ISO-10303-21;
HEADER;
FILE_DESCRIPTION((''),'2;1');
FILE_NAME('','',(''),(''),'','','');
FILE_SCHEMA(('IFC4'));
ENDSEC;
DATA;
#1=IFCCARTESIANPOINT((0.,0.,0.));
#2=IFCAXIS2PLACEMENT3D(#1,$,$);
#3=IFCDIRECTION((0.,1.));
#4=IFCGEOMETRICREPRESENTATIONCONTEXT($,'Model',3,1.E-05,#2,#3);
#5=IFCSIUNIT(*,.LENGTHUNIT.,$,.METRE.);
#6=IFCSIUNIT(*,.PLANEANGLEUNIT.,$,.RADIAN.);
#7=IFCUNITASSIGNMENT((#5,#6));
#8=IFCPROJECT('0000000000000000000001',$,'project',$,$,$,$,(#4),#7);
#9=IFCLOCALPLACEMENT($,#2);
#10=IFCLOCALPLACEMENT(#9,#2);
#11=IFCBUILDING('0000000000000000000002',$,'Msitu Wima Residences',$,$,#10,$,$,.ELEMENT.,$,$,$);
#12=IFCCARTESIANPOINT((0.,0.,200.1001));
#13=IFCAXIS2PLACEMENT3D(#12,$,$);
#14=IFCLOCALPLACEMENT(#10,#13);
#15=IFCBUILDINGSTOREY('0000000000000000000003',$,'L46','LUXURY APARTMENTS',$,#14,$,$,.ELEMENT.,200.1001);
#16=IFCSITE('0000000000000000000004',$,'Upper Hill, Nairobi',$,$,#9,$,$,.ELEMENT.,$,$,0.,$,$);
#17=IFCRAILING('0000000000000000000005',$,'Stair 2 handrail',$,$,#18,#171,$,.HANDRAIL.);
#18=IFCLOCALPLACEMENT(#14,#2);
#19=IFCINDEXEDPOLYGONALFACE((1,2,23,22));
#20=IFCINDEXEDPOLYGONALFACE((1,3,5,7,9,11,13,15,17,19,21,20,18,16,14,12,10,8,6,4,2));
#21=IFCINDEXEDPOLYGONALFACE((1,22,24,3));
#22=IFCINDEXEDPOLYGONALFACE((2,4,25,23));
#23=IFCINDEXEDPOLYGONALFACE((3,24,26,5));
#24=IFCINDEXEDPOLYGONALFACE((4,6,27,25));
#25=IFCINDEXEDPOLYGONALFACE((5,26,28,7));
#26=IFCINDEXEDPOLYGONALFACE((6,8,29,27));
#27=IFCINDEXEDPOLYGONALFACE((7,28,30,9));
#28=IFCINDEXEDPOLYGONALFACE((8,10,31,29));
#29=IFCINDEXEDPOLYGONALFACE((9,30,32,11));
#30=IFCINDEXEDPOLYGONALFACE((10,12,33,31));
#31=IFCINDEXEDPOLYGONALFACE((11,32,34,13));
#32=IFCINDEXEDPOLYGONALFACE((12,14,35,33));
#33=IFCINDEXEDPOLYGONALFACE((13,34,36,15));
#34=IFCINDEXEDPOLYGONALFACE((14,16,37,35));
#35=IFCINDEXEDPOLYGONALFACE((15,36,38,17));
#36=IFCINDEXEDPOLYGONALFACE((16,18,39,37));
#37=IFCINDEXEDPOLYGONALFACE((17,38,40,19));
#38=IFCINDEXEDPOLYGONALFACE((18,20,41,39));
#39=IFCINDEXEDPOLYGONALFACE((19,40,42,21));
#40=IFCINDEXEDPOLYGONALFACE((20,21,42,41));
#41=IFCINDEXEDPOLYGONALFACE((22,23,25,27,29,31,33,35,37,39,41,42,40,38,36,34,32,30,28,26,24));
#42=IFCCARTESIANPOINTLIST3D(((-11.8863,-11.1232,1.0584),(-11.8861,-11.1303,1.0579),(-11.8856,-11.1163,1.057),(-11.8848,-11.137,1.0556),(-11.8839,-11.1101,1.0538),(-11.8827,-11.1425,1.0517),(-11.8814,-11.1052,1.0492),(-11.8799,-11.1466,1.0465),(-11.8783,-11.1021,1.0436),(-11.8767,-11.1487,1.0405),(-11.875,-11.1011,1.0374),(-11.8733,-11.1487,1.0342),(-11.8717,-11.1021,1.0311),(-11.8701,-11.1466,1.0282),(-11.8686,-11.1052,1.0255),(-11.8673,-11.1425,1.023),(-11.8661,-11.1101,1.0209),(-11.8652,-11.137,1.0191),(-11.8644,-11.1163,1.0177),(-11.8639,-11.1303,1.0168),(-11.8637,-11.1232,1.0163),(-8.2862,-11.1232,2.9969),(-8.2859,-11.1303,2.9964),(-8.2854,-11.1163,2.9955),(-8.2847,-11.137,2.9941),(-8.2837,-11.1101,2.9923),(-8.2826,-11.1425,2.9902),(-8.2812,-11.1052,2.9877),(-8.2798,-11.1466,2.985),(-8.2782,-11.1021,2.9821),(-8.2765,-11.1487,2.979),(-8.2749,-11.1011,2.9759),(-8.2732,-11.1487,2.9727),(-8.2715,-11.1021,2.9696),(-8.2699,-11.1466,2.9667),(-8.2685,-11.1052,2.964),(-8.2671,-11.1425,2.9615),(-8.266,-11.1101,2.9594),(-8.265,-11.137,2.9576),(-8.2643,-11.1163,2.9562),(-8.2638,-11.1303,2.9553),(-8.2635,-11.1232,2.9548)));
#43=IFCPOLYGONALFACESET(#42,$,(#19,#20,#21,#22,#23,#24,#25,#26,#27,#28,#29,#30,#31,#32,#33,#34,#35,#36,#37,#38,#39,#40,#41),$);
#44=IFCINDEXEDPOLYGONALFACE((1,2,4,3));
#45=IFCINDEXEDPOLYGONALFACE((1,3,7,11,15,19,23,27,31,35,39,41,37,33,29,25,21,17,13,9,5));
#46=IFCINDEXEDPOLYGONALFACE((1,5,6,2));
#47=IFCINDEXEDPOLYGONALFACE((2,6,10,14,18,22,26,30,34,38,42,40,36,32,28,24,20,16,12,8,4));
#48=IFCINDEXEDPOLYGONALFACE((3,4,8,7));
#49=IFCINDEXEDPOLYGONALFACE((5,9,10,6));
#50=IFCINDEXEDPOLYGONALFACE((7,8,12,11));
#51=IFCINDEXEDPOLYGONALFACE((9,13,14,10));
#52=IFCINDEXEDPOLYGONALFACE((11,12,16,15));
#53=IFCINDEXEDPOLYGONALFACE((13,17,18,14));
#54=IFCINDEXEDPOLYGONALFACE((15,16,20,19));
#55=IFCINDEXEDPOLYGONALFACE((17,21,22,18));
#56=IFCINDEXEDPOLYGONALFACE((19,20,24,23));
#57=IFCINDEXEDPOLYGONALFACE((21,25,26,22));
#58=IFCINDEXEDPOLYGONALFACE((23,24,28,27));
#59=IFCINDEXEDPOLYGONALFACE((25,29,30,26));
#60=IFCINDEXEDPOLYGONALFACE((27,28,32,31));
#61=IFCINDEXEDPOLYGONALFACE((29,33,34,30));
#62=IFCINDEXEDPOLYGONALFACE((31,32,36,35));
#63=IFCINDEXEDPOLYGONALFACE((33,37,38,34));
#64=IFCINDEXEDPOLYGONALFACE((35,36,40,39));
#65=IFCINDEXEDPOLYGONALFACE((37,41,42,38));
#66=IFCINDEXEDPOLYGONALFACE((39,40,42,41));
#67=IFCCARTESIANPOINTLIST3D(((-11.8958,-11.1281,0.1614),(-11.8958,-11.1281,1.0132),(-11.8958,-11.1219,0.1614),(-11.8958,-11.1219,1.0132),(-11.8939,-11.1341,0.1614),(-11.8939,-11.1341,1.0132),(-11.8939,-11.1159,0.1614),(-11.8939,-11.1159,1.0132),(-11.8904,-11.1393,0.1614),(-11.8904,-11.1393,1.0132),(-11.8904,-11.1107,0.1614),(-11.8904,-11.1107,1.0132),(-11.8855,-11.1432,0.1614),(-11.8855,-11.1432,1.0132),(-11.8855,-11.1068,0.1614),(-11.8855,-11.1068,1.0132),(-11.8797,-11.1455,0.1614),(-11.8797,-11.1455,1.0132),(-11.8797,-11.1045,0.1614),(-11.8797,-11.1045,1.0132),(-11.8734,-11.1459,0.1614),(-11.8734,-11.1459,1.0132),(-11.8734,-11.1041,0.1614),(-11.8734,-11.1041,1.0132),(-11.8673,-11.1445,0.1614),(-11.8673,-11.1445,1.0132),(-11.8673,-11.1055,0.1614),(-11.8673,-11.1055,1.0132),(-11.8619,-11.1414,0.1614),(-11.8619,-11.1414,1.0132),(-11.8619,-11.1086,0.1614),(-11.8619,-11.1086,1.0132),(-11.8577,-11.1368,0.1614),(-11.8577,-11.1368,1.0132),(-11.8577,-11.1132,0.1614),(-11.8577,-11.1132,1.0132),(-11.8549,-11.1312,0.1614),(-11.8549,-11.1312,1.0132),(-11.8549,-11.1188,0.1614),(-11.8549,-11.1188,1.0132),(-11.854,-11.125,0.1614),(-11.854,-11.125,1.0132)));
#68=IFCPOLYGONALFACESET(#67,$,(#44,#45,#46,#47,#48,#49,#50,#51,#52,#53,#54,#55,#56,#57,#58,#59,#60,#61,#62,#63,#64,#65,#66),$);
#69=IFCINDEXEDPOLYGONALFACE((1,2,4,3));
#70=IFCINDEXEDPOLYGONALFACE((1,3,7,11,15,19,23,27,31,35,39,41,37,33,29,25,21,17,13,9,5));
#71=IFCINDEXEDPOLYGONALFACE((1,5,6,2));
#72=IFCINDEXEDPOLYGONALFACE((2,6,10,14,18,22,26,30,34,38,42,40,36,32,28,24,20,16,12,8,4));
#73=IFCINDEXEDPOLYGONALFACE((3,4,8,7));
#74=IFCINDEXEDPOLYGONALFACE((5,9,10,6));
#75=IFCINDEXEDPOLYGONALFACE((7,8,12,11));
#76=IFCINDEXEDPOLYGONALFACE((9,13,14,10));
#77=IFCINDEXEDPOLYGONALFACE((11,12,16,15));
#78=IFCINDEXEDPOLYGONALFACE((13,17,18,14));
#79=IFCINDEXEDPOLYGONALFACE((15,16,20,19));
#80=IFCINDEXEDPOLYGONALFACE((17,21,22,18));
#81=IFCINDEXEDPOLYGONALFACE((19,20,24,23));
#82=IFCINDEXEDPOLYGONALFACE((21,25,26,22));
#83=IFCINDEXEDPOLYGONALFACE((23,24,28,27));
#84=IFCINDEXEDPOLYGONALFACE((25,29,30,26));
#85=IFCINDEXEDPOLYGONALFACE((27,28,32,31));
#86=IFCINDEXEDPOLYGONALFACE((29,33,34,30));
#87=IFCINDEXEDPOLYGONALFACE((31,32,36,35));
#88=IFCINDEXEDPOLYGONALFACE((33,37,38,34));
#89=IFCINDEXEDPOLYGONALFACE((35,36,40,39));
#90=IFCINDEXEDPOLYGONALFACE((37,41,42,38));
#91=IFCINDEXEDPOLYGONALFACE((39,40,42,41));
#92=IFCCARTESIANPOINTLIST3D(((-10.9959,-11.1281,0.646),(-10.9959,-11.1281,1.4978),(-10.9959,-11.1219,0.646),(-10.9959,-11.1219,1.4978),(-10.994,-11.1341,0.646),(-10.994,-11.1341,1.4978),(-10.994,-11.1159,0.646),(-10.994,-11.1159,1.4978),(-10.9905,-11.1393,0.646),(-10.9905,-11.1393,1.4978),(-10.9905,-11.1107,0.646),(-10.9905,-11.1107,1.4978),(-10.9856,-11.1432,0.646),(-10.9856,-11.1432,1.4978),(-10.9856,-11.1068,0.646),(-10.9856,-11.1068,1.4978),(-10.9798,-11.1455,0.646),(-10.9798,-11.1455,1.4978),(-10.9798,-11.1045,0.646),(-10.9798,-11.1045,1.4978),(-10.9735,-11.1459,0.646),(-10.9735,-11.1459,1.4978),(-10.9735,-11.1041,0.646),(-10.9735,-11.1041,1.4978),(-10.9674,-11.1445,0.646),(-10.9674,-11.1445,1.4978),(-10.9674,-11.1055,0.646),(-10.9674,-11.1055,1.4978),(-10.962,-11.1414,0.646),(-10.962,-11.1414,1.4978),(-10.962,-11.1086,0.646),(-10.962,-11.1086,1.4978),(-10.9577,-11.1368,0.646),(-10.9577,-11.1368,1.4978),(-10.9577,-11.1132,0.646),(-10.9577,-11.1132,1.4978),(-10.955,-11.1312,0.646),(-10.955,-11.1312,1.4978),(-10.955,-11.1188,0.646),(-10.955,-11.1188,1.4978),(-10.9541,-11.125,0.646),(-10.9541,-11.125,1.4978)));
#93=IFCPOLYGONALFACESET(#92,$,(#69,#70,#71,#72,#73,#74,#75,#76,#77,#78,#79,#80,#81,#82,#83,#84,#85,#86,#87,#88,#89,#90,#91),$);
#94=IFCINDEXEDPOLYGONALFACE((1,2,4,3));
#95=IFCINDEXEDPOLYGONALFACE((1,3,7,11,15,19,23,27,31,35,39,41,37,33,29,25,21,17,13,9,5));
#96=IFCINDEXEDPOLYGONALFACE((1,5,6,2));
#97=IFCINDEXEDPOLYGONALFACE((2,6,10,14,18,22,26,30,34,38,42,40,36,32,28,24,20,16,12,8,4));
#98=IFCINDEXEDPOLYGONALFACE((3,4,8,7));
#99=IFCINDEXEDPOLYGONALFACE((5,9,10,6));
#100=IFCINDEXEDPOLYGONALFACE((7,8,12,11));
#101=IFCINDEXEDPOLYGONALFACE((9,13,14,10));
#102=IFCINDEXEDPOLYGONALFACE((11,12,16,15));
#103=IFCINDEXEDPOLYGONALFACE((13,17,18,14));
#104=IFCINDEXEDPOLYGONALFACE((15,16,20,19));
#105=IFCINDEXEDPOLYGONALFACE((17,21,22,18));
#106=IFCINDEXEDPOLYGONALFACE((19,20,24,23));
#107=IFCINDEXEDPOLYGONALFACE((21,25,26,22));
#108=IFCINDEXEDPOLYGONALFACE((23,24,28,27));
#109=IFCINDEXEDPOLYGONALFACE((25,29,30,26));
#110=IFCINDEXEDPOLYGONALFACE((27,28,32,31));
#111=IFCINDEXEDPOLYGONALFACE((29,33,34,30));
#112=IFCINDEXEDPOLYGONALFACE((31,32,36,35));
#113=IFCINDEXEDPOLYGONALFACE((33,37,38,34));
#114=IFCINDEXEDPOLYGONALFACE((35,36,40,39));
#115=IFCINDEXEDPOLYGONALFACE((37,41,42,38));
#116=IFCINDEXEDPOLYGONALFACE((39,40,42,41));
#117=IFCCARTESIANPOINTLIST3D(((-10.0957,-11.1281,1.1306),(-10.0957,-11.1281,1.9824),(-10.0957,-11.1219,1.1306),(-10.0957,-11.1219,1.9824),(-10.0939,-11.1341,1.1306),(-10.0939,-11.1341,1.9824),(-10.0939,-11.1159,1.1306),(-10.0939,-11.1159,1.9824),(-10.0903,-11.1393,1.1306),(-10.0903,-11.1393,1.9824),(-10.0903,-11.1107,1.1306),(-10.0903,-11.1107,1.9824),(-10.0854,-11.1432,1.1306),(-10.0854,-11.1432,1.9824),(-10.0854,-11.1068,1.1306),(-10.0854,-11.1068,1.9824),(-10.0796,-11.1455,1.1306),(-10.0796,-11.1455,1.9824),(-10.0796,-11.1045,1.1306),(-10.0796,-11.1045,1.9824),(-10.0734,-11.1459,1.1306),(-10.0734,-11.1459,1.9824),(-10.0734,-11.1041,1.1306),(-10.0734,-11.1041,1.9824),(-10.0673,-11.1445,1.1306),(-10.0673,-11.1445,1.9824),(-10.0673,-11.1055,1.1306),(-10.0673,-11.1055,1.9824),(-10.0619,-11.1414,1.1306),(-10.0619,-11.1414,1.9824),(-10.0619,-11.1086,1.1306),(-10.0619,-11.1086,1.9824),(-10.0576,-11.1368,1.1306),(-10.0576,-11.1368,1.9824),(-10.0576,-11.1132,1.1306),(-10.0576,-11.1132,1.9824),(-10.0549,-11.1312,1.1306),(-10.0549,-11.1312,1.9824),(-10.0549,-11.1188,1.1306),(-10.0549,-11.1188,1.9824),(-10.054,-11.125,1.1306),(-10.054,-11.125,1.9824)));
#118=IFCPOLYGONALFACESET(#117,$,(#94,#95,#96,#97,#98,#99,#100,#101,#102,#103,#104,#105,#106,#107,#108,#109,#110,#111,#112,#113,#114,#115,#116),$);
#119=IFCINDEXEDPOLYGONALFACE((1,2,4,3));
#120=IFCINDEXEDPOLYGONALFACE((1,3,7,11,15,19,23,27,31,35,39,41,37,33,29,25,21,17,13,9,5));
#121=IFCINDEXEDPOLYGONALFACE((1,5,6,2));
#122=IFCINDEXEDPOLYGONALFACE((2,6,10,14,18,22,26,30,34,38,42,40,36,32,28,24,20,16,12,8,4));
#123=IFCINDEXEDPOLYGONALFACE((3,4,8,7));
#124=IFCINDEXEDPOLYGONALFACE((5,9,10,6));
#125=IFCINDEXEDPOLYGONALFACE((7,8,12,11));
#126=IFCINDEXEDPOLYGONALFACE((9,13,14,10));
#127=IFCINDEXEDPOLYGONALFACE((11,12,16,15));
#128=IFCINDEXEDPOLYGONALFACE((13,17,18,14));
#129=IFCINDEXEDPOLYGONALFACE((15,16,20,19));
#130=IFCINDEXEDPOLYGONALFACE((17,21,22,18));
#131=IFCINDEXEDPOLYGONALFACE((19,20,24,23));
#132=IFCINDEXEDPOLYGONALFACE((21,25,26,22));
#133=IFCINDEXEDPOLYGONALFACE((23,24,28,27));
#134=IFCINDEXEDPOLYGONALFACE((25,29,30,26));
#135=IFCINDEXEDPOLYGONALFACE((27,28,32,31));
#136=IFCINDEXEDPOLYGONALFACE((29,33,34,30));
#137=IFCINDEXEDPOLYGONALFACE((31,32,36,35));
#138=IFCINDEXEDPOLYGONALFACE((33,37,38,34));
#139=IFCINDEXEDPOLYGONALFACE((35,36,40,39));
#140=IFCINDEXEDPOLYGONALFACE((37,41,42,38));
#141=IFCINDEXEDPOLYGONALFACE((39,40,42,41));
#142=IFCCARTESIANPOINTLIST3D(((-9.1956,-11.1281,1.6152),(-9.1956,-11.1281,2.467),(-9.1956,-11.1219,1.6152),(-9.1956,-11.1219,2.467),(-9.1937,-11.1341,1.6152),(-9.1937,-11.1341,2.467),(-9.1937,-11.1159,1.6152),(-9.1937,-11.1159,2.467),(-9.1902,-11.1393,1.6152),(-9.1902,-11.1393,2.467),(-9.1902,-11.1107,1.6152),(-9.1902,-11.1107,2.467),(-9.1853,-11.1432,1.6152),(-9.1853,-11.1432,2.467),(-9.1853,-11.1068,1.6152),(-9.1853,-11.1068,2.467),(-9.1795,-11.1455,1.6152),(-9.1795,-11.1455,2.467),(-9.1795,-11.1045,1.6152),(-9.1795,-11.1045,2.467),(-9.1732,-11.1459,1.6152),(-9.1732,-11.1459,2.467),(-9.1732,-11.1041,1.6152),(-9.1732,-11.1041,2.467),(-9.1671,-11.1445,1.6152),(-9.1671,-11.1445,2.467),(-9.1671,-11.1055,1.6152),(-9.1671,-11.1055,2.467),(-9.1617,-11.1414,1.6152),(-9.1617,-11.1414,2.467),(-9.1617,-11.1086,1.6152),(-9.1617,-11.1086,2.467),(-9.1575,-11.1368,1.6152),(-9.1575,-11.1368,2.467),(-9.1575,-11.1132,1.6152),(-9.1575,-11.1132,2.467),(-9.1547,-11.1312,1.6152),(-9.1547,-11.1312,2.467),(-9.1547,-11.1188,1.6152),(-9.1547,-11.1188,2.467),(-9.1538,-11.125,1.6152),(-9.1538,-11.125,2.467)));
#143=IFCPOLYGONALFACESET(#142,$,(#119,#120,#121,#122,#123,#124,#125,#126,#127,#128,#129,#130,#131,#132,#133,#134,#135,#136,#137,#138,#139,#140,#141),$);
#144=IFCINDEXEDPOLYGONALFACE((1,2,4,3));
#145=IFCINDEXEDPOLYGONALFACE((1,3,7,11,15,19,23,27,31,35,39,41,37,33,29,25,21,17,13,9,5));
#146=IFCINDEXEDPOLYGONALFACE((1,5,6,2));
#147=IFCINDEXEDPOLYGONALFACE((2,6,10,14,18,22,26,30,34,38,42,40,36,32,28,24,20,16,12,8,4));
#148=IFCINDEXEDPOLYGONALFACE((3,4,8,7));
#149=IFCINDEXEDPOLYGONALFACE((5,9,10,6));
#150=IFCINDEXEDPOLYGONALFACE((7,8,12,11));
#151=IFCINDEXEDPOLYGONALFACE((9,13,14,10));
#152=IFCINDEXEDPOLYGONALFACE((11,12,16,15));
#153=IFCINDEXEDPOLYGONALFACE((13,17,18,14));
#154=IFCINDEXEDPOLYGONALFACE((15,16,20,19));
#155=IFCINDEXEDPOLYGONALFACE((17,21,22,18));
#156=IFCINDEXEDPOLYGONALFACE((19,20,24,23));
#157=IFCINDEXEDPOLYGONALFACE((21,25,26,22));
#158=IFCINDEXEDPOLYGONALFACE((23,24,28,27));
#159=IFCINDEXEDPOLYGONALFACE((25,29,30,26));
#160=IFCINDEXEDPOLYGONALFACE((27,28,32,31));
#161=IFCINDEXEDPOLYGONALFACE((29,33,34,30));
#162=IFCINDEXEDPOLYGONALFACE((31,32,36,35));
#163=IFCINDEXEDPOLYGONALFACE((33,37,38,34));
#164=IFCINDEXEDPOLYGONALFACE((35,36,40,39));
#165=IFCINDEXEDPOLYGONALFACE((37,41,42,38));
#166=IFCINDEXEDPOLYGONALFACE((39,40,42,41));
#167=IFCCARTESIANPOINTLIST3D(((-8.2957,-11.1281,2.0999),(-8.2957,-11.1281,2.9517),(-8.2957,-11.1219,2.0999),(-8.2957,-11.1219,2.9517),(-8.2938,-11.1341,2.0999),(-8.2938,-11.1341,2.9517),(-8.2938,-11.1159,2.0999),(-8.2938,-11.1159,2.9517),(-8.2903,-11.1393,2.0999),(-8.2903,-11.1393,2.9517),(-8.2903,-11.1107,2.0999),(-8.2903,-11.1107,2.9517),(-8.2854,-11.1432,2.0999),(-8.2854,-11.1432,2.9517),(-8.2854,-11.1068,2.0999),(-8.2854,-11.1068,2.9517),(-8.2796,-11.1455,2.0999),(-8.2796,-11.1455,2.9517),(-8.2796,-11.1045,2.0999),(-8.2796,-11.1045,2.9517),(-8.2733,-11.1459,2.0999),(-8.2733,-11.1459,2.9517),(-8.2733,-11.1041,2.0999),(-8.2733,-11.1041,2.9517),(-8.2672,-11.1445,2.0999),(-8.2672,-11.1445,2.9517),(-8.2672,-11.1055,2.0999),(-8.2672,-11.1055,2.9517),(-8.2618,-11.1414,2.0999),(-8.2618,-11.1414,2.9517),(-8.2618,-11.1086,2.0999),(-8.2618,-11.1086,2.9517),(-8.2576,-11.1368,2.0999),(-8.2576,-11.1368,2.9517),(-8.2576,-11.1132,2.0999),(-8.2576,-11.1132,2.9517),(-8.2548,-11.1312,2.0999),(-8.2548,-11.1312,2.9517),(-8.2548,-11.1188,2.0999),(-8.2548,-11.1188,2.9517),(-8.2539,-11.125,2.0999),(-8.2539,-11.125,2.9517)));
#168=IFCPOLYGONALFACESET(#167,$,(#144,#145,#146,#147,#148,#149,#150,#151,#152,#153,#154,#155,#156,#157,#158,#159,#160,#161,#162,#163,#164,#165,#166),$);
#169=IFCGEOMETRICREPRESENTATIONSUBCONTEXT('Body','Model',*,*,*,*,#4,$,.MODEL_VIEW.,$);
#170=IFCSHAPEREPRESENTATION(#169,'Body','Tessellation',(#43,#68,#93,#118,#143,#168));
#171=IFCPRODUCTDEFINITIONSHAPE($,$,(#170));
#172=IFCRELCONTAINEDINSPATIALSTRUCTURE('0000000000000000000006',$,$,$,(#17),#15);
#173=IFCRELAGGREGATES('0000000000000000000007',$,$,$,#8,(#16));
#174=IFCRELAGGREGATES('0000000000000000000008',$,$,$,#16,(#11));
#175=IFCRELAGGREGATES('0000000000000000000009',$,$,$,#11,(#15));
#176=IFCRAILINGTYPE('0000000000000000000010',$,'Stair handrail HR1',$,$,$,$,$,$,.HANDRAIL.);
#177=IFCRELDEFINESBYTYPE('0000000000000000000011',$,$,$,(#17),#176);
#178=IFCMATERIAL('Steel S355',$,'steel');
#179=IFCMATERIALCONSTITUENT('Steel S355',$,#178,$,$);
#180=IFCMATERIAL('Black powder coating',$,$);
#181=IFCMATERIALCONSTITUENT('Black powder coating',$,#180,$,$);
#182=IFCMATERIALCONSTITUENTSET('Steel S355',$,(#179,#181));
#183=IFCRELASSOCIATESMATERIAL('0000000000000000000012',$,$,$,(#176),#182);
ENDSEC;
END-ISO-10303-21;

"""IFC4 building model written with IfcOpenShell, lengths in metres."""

from ifc_helpers import new_model, si_unit, direction, frame, origin, origin_2d, place, context, subcontext, project, spatial, circle, extrude, material, constituent, constituent_set, type_object, element, save


model = new_model("IFC4")

# Units and contexts
model_context = context("Model", 3, precision=1e-05, world=origin(), true_north=direction((0.0, 1.0)))
body_context = subcontext(model_context, "Body", "Model", "MODEL_VIEW")
ifc_project = project(units=[si_unit("LENGTHUNIT", "METRE"), si_unit("PLANEANGLEUNIT", "RADIAN")], contexts=[model_context])

# Site, building, storey
site_placement = place(None, origin())
site = spatial("IfcSite", under=ifc_project, at=site_placement, Name="Upper Hill, Nairobi", CompositionType="ELEMENT", RefElevation=0.0)
building_placement = place(site_placement, origin())
building = spatial("IfcBuilding", under=site, at=building_placement, Name="Msitu Wima Residences", CompositionType="ELEMENT")
storey_placement = place(building_placement, frame((0.0, 0.0, 200.1001)))
storey = spatial("IfcBuildingStorey", under=building, at=storey_placement, Name="L46", Description="LUXURY APARTMENTS", CompositionType="ELEMENT", Elevation=200.1001)

# Railing
ifc_material_1 = material(Name="Steel S355", Category="steel")
ifc_constituent_1 = constituent(ifc_material_1, Name="Steel S355")
ifc_material_2 = material(Name="Black powder coating")
ifc_constituent_2 = constituent(ifc_material_2, Name="Black powder coating")
ifc_constituent_set = constituent_set(constituents=[ifc_constituent_1, ifc_constituent_2], Name="Steel S355")
railing_type = type_object("IfcRailingType", Name="Stair handrail HR1", PredefinedType="HANDRAIL", material=ifc_constituent_set)
for number, where, name in (
    (1, (-11.875, -11.125, 0.1614), "Stair 2 handrail"),
):
    element("IfcRailing", number, at=place(storey_placement, frame(where)), inside=storey, type_object=railing_type, Name=name, PredefinedType="HANDRAIL", context=body_context, shape_type="SweptSolid", body=[
        extrude(circle(Radius=0.0239, at=origin_2d()), frame((0.0, 0.0, 0.876), z_axis=(0.880475, 0.0, 0.474093), x_axis=(0.0, 1.0, 0.0)), (0.0, 0.0, 1.0), 4.0889),
        extrude(circle(Radius=0.021, at=origin_2d()), origin(), (0.0, 0.0, 1.0), 0.8518),
        extrude(circle(Radius=0.021, at=origin_2d()), frame((0.8999, 0.0, 0.4846)), (0.0, 0.0, 1.0), 0.8518),
        extrude(circle(Radius=0.021, at=origin_2d()), frame((1.8, 0.0, 0.9692)), (0.0, 0.0, 1.0), 0.8518),
        extrude(circle(Radius=0.021, at=origin_2d()), frame((2.7002, 0.0, 1.4539)), (0.0, 0.0, 1.0), 0.8518),
        extrude(circle(Radius=0.021, at=origin_2d()), frame((3.6001, 0.0, 1.9385)), (0.0, 0.0, 1.0), 0.8518),
    ])

save(model, "model.ifc")
